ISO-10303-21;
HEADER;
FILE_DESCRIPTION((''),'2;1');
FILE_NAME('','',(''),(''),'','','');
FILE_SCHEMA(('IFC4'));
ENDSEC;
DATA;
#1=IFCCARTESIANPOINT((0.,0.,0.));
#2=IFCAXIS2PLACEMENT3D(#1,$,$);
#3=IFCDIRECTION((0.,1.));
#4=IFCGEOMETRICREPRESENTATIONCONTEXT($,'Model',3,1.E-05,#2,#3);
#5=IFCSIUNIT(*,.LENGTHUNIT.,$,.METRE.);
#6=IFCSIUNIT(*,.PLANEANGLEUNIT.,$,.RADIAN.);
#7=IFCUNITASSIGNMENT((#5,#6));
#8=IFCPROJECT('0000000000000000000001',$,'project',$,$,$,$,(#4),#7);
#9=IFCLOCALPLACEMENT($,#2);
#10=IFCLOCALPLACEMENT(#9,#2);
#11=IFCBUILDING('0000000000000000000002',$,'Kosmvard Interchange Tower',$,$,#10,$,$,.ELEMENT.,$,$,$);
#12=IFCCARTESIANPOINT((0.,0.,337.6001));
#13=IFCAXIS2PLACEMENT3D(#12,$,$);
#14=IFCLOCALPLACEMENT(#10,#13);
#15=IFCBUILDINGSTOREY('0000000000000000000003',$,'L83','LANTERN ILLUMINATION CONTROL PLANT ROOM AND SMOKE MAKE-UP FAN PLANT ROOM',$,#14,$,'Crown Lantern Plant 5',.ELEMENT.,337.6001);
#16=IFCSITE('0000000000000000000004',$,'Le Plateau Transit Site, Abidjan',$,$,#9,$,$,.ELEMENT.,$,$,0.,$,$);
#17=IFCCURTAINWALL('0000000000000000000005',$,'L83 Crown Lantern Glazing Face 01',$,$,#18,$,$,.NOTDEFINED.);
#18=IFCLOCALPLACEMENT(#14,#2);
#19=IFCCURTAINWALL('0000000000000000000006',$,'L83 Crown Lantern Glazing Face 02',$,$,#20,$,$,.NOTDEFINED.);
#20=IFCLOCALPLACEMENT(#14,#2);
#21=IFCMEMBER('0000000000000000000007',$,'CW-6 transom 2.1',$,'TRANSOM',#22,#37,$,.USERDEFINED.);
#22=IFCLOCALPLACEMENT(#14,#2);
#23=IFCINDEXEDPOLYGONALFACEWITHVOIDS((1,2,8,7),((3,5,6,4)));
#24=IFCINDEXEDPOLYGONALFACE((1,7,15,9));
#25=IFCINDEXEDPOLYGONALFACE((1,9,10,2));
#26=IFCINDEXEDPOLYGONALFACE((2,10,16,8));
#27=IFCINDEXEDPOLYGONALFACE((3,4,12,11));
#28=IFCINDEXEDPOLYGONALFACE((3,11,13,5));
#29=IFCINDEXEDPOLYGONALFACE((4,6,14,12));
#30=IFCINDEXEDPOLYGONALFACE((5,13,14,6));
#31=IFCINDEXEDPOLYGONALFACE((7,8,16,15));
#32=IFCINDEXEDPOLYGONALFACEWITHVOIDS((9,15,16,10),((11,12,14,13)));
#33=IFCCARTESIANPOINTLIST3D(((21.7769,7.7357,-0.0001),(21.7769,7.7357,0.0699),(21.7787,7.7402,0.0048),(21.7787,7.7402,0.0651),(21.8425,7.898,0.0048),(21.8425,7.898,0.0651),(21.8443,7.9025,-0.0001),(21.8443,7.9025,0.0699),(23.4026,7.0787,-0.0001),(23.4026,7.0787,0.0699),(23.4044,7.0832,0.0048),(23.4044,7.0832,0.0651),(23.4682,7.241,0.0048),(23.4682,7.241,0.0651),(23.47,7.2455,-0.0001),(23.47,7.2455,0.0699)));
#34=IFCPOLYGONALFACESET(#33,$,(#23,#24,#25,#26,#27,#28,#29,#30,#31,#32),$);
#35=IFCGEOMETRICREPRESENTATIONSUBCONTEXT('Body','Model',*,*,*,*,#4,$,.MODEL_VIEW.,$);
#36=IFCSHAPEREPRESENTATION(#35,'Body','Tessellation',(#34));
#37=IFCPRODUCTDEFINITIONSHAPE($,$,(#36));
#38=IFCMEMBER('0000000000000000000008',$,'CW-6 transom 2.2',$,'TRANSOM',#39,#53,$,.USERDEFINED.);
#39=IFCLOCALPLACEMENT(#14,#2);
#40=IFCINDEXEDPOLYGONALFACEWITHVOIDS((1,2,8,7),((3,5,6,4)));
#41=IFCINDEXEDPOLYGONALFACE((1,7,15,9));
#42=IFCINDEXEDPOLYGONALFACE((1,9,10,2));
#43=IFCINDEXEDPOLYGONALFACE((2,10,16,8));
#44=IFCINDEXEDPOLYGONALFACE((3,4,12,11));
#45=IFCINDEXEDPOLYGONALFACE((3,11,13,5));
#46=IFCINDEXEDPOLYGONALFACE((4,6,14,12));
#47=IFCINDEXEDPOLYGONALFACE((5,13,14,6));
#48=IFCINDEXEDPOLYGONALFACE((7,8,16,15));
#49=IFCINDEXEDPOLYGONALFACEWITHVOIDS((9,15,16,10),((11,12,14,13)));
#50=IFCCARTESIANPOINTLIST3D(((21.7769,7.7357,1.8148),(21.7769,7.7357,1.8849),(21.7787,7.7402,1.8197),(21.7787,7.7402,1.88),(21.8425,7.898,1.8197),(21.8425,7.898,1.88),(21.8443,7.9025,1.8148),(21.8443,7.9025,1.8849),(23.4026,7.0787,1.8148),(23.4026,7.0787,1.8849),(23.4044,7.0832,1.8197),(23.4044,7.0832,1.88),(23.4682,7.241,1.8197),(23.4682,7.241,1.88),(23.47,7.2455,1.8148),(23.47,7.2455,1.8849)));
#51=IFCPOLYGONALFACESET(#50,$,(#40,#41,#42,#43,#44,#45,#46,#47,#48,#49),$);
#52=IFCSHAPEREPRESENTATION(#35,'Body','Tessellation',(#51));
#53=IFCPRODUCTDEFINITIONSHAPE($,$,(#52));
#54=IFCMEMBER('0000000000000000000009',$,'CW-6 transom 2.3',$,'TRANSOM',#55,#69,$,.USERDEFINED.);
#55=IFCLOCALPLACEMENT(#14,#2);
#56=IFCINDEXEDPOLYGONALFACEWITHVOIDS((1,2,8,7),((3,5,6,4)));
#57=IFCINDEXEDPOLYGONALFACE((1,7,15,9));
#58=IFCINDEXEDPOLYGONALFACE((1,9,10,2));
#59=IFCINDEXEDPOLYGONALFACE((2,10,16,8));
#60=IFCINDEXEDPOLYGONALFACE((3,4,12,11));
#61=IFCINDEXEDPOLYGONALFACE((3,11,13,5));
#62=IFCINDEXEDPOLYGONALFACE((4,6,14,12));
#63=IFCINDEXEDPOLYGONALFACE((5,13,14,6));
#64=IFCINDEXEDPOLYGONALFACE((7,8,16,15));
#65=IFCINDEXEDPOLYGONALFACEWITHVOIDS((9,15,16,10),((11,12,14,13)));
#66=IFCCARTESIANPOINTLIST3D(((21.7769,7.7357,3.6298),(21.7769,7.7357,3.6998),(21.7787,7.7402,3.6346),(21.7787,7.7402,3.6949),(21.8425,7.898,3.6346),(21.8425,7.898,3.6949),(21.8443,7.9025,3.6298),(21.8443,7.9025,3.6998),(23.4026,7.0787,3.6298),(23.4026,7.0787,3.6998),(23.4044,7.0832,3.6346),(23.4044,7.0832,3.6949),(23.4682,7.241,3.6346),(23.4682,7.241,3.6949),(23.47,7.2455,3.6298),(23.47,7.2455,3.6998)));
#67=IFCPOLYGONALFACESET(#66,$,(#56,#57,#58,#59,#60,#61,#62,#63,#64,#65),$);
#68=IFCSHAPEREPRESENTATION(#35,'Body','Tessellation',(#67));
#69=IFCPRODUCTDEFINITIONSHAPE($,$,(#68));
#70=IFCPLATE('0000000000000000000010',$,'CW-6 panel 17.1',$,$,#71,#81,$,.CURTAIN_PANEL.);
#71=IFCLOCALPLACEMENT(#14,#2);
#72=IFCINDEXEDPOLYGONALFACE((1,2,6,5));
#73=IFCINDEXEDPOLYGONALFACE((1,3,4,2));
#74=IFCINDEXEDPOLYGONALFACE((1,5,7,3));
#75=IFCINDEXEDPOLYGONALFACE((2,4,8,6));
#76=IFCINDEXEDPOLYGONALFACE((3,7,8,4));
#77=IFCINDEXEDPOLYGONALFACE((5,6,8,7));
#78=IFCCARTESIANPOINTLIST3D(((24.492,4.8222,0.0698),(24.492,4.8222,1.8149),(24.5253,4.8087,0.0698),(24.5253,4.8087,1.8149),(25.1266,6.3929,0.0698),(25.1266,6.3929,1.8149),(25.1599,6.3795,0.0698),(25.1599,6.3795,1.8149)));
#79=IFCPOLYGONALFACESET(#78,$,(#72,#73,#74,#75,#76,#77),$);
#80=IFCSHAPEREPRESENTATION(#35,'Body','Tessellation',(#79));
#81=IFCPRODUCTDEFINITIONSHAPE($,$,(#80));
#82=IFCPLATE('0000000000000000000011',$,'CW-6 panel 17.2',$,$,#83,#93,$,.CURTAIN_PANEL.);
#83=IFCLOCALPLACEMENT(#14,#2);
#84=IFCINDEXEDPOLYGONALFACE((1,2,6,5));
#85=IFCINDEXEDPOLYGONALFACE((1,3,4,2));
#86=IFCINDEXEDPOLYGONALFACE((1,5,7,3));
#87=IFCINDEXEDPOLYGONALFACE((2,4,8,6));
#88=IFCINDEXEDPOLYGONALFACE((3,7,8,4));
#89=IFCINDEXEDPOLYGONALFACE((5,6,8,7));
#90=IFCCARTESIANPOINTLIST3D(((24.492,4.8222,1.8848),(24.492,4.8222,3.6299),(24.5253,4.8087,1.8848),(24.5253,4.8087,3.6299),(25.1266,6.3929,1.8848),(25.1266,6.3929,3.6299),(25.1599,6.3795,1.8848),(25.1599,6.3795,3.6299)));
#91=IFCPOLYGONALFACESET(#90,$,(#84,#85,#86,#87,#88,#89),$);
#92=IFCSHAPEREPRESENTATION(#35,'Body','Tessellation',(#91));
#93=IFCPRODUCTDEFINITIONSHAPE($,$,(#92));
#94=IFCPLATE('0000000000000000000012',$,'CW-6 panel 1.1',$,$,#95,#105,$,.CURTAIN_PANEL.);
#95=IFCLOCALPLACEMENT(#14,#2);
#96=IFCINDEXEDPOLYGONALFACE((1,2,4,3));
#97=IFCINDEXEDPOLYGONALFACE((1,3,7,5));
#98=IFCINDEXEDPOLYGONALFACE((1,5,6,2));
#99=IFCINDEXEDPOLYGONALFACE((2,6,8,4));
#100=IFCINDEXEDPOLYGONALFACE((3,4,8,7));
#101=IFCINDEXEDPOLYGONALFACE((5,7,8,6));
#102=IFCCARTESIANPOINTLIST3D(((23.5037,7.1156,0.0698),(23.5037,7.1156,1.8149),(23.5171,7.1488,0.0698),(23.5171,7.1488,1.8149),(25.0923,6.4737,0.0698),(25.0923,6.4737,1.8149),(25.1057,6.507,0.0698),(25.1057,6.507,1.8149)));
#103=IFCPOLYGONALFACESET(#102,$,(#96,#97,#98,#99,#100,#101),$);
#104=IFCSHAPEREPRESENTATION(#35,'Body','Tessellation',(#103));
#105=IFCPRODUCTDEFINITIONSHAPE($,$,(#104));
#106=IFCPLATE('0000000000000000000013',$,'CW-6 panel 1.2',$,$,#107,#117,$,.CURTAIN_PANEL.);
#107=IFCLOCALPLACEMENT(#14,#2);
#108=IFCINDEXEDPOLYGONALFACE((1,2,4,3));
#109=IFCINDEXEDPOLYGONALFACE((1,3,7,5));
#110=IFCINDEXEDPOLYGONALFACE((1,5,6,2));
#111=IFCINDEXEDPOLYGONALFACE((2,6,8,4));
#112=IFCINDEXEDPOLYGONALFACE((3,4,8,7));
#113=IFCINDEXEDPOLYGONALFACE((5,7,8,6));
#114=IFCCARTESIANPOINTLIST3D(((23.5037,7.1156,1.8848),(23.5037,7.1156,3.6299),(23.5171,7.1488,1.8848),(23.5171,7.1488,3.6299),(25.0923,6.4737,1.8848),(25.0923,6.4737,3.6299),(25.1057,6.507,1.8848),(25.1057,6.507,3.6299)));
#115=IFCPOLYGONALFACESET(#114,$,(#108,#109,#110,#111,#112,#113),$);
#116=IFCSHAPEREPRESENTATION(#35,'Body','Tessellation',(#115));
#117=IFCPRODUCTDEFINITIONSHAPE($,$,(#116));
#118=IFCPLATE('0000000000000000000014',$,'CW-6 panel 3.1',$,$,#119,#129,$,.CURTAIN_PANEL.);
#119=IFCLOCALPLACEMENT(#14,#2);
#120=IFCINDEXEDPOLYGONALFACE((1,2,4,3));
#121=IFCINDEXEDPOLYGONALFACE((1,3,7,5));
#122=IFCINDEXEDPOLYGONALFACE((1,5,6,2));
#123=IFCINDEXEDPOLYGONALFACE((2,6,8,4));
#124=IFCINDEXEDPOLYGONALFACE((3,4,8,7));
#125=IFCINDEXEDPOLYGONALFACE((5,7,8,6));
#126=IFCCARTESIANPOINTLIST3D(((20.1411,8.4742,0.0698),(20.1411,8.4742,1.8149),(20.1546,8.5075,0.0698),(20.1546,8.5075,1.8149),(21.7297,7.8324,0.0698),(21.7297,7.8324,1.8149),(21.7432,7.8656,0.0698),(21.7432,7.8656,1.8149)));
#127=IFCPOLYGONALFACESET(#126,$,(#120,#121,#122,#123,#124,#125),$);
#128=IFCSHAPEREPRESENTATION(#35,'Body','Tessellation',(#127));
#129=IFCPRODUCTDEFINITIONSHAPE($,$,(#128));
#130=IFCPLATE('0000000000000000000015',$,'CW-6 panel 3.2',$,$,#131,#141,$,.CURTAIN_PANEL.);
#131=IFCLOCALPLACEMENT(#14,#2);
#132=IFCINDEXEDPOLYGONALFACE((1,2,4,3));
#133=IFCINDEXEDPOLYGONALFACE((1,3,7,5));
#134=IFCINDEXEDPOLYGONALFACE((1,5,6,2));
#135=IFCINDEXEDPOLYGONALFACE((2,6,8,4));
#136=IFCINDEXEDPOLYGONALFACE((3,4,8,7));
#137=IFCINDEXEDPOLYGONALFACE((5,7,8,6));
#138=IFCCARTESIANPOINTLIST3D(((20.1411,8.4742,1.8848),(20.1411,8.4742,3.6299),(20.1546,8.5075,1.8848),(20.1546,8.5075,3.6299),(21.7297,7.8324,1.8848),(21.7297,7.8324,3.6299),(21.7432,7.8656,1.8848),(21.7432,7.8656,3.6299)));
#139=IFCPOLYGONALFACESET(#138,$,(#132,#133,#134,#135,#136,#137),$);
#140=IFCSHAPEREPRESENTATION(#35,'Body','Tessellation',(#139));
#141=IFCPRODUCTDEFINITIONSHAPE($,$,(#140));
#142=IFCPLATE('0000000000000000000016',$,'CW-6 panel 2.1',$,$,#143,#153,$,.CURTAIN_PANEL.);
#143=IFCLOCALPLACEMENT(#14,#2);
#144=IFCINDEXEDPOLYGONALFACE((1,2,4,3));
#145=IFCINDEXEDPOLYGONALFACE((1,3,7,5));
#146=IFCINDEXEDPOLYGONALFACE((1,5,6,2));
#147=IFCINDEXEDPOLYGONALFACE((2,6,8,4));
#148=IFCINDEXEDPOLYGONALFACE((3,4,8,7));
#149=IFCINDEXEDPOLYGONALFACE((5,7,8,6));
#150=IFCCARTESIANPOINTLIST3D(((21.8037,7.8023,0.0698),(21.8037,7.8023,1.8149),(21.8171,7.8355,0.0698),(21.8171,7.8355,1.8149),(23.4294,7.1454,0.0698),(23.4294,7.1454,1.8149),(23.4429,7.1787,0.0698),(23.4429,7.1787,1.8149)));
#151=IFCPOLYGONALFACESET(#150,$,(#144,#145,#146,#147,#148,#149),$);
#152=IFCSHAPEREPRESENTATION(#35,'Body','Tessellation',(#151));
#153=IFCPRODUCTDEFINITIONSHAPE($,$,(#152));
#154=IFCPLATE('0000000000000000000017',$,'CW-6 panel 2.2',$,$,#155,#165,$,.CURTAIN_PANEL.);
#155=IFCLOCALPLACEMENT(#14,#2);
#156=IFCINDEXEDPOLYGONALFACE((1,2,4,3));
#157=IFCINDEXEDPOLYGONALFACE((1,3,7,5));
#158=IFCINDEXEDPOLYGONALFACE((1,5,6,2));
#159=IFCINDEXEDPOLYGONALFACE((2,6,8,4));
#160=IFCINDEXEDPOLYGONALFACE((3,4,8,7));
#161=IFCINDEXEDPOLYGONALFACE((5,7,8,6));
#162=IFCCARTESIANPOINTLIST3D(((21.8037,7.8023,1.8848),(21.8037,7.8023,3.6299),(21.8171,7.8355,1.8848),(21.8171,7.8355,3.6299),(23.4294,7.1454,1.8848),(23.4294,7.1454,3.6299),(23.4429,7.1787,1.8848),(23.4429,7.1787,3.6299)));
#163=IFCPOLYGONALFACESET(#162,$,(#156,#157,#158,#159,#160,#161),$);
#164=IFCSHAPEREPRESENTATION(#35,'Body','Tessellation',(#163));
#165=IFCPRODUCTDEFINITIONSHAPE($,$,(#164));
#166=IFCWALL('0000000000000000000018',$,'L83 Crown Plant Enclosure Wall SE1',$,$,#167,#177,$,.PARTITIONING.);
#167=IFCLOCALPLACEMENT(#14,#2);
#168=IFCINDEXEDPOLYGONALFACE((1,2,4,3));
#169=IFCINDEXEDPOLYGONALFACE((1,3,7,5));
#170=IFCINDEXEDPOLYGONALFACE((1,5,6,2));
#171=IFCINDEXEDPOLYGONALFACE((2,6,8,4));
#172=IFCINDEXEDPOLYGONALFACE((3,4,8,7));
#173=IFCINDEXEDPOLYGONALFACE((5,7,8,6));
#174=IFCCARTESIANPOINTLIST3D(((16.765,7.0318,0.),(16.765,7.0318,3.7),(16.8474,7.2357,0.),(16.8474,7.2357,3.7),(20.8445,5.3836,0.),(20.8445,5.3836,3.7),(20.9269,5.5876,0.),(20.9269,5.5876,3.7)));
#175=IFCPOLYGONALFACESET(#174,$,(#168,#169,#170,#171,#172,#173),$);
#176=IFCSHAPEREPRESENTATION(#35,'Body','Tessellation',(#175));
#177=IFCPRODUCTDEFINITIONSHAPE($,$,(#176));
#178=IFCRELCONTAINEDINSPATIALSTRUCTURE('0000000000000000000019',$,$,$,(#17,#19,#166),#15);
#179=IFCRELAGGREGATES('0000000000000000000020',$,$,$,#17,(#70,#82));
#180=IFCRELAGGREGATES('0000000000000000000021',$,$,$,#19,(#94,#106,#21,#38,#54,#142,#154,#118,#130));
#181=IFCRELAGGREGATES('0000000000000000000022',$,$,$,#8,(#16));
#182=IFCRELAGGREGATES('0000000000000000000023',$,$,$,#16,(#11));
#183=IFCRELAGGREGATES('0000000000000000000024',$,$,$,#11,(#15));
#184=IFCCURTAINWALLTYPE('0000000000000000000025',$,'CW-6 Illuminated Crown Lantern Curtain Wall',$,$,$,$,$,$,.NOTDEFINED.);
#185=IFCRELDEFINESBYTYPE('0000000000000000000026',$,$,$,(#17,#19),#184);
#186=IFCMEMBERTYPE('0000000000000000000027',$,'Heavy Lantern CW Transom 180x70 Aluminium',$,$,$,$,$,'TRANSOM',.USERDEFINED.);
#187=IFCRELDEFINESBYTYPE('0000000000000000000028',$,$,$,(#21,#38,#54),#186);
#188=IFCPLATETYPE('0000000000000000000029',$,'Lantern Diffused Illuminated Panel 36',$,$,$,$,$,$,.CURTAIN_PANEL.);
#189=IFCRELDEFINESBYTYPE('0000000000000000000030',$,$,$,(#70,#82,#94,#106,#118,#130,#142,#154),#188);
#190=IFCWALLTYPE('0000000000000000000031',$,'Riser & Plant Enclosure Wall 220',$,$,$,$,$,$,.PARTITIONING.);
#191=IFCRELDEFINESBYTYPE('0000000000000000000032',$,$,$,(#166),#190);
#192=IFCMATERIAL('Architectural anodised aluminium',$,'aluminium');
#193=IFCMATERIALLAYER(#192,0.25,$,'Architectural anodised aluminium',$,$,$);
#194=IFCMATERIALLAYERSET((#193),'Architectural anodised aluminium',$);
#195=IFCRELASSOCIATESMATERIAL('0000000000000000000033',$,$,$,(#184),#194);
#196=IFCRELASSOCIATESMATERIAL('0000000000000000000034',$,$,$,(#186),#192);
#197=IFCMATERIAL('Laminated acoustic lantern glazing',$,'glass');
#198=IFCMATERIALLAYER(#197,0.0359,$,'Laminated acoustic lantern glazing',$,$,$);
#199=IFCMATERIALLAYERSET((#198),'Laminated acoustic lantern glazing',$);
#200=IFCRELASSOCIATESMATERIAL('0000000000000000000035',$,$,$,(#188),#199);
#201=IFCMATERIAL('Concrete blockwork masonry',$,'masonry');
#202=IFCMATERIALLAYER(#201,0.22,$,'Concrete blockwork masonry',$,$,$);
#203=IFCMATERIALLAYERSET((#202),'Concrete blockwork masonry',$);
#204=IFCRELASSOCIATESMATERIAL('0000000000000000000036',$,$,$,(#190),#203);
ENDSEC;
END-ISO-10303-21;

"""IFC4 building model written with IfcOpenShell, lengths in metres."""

from ifc_helpers import new_model, si_unit, direction, frame, frame_2d, origin, origin_2d, place, context, subcontext, project, spatial, rectangle, hollow_rectangle, extrude, source, transform, mapped, material, layer, layer_set, material_profile, profile_set, type_object, element, aggregate, save


model = new_model("IFC4")

# Units and contexts
model_context = context("Model", 3, precision=1e-05, world=origin(), true_north=direction((0.0, 1.0)))
body_context = subcontext(model_context, "Body", "Model", "MODEL_VIEW")
ifc_project = project(units=[si_unit("LENGTHUNIT", "METRE"), si_unit("PLANEANGLEUNIT", "RADIAN")], contexts=[model_context])

# Site, building, storey
site_placement = place(None, origin())
site = spatial("IfcSite", under=ifc_project, at=site_placement, Name="Le Plateau Transit Site, Abidjan", CompositionType="ELEMENT", RefElevation=0.0)
building_placement = place(site_placement, origin())
building = spatial("IfcBuilding", under=site, at=building_placement, Name="Kosmvard Interchange Tower", CompositionType="ELEMENT")
storey_placement = place(building_placement, frame((0.0, 0.0, 337.6001)))
storey = spatial("IfcBuildingStorey", under=building, at=storey_placement, Name="L83", Description="LANTERN ILLUMINATION CONTROL PLANT ROOM AND SMOKE MAKE-UP FAN PLANT ROOM", LongName="Crown Lantern Plant 5", CompositionType="ELEMENT", Elevation=337.6001)

# Curtain wall
ifc_material_1 = material(Name="Architectural anodised aluminium", Category="aluminium")
ifc_layer_1 = layer(ifc_material_1, 0.25, Name="Architectural anodised aluminium")
ifc_layer_set_1 = layer_set([ifc_layer_1], Name="Architectural anodised aluminium")
curtain_wall_type = type_object("IfcCurtainWallType", Name="CW-6 Illuminated Crown Lantern Curtain Wall", PredefinedType="NOTDEFINED", material=ifc_layer_set_1)
curtain_wall_1_placement = place(storey_placement, origin())
curtain_wall_1 = element("IfcCurtainWall", 1, at=curtain_wall_1_placement, inside=storey, type_object=curtain_wall_type, Name="L83 Crown Lantern Glazing Face 01", PredefinedType="NOTDEFINED")

# Curtain wall, members
curtain_wall_2_placement = place(storey_placement, origin())
curtain_wall_2 = element("IfcCurtainWall", 2, at=curtain_wall_2_placement, inside=storey, type_object=curtain_wall_type, Name="L83 Crown Lantern Glazing Face 02", PredefinedType="NOTDEFINED")
ifc_material_profile_1 = material_profile(ifc_material_1, hollow_rectangle(XDim=0.1799, YDim=0.0701, WallThickness=0.0049, at=origin_2d()), Name="CWT 180x70x5")
ifc_profile_set_1 = profile_set([ifc_material_profile_1], Name="Architectural anodised aluminium")
member_type_1 = type_object("IfcMemberType", Name="Heavy Lantern CW Transom 180x70 Aluminium", ElementType="TRANSOM", PredefinedType="USERDEFINED", material=ifc_profile_set_1)
shared_shape_1 = source(origin(), body_context, "Body", "SweptSolid", [
    extrude(hollow_rectangle(XDim=0.1799, YDim=0.0701, WallThickness=0.0049, at=origin_2d()), origin(), (0.0, 0.0, 1.0), 1.7534),
])
member_1_placement = place(storey_placement, frame((23.4363, 7.1621, 0.0349), z_axis=(-0.927155, 0.374677, 0.0), x_axis=(-0.374677, -0.927155, 0.0)))
member_1 = element("IfcMember", 3, at=member_1_placement, type_object=member_type_1, Name="CW-6 transom 2.1", ObjectType="TRANSOM", PredefinedType="USERDEFINED", context=body_context, shape_type="MappedRepresentation", body=[
    mapped(shared_shape_1, transform((0.0, 0.0, 0.0), scale=1.0)),
])
member_2_placement = place(storey_placement, frame((23.4363, 7.1621, 1.8499), z_axis=(-0.927155, 0.374677, 0.0), x_axis=(-0.374677, -0.927155, 0.0)))
member_2 = element("IfcMember", 4, at=member_2_placement, type_object=member_type_1, Name="CW-6 transom 2.2", ObjectType="TRANSOM", PredefinedType="USERDEFINED", context=body_context, shape_type="MappedRepresentation", body=[
    mapped(shared_shape_1, transform((0.0, 0.0, 0.0), scale=1.0)),
])
member_3_placement = place(storey_placement, frame((23.4363, 7.1621, 3.6648), z_axis=(-0.927155, 0.374677, 0.0), x_axis=(-0.374677, -0.927155, 0.0)))
member_3 = element("IfcMember", 5, at=member_3_placement, type_object=member_type_1, Name="CW-6 transom 2.3", ObjectType="TRANSOM", PredefinedType="USERDEFINED", context=body_context, shape_type="MappedRepresentation", body=[
    mapped(shared_shape_1, transform((0.0, 0.0, 0.0), scale=1.0)),
])

# Plates
ifc_material_2 = material(Name="Laminated acoustic lantern glazing", Category="glass")
ifc_layer_2 = layer(ifc_material_2, 0.0359, Name="Laminated acoustic lantern glazing")
ifc_layer_set_2 = layer_set([ifc_layer_2], Name="Laminated acoustic lantern glazing")
plate_type = type_object("IfcPlateType", Name="Lantern Diffused Illuminated Panel 36", PredefinedType="CURTAIN_PANEL", material=ifc_layer_set_2)
shared_shape_2 = source(origin(), body_context, "Body", "SweptSolid", [
    extrude(rectangle(XDim=1.6941, YDim=0.0359, at=origin_2d()), origin(), (0.0, 0.0, 1.0), 1.7451),
])
plate_1_placement = place(storey_placement, frame((24.8259, 5.6008, 0.0698), z_axis=(0.0, 0.0, 1.0), x_axis=(0.374607, 0.927184, 0.0)))
plate_1 = element("IfcPlate", 6, at=plate_1_placement, type_object=plate_type, Name="CW-6 panel 17.1", PredefinedType="CURTAIN_PANEL", context=body_context, shape_type="MappedRepresentation", body=[
    mapped(shared_shape_2, transform((0.0, 0.0, 0.0), scale=1.0)),
])
plate_2_placement = place(storey_placement, frame((24.8259, 5.6008, 1.8848), z_axis=(0.0, 0.0, 1.0), x_axis=(0.374607, 0.927184, 0.0)))
plate_2 = element("IfcPlate", 7, at=plate_2_placement, type_object=plate_type, Name="CW-6 panel 17.2", PredefinedType="CURTAIN_PANEL", context=body_context, shape_type="MappedRepresentation", body=[
    mapped(shared_shape_2, transform((0.0, 0.0, 0.0), scale=1.0)),
])
aggregate(curtain_wall_1, [plate_1, plate_2])
shared_shape_3 = source(origin(), body_context, "Body", "SweptSolid", [
    extrude(rectangle(XDim=1.7134, YDim=0.0359, at=origin_2d()), origin(), (0.0, 0.0, 1.0), 1.7451),
])
plate_3_placement = place(storey_placement, frame((24.3047, 6.8113, 0.0698), z_axis=(0.0, 0.0, 1.0), x_axis=(-0.927184, 0.374607, 0.0)))
plate_3 = element("IfcPlate", 8, at=plate_3_placement, type_object=plate_type, Name="CW-6 panel 1.1", PredefinedType="CURTAIN_PANEL", context=body_context, shape_type="MappedRepresentation", body=[
    mapped(shared_shape_3, transform((0.0, 0.0, 0.0), scale=1.0)),
])
plate_4_placement = place(storey_placement, frame((24.3047, 6.8113, 1.8848), z_axis=(0.0, 0.0, 1.0), x_axis=(-0.927184, 0.374607, 0.0)))
plate_4 = element("IfcPlate", 9, at=plate_4_placement, type_object=plate_type, Name="CW-6 panel 1.2", PredefinedType="CURTAIN_PANEL", context=body_context, shape_type="MappedRepresentation", body=[
    mapped(shared_shape_3, transform((0.0, 0.0, 0.0), scale=1.0)),
])
plate_5_placement = place(storey_placement, frame((20.9421, 8.1699, 0.0698), z_axis=(0.0, 0.0, 1.0), x_axis=(-0.927184, 0.374607, 0.0)))
plate_5 = element("IfcPlate", 10, at=plate_5_placement, type_object=plate_type, Name="CW-6 panel 3.1", PredefinedType="CURTAIN_PANEL", context=body_context, shape_type="MappedRepresentation", body=[
    mapped(shared_shape_3, transform((0.0, 0.0, 0.0), scale=1.0)),
])
plate_6_placement = place(storey_placement, frame((20.9421, 8.1699, 1.8848), z_axis=(0.0, 0.0, 1.0), x_axis=(-0.927184, 0.374607, 0.0)))
plate_6 = element("IfcPlate", 11, at=plate_6_placement, type_object=plate_type, Name="CW-6 panel 3.2", PredefinedType="CURTAIN_PANEL", context=body_context, shape_type="MappedRepresentation", body=[
    mapped(shared_shape_3, transform((0.0, 0.0, 0.0), scale=1.0)),
])
shared_shape_4 = source(origin(), body_context, "Body", "SweptSolid", [
    extrude(rectangle(XDim=1.7534, YDim=0.0359, at=origin_2d()), origin(), (0.0, 0.0, 1.0), 1.7451),
])
plate_7_placement = place(storey_placement, frame((22.6233, 7.4905, 0.0698), z_axis=(0.0, 0.0, 1.0), x_axis=(-0.927184, 0.374607, 0.0)))
plate_7 = element("IfcPlate", 12, at=plate_7_placement, type_object=plate_type, Name="CW-6 panel 2.1", PredefinedType="CURTAIN_PANEL", context=body_context, shape_type="MappedRepresentation", body=[
    mapped(shared_shape_4, transform((0.0, 0.0, 0.0), scale=1.0)),
])
plate_8_placement = place(storey_placement, frame((22.6233, 7.4905, 1.8848), z_axis=(0.0, 0.0, 1.0), x_axis=(-0.927184, 0.374607, 0.0)))
plate_8 = element("IfcPlate", 13, at=plate_8_placement, type_object=plate_type, Name="CW-6 panel 2.2", PredefinedType="CURTAIN_PANEL", context=body_context, shape_type="MappedRepresentation", body=[
    mapped(shared_shape_4, transform((0.0, 0.0, 0.0), scale=1.0)),
])
aggregate(curtain_wall_2, [plate_3, plate_4, member_1, member_2, member_3, plate_7, plate_8, plate_5, plate_6])

# Wall
ifc_material_3 = material(Name="Concrete blockwork masonry", Category="masonry")
ifc_layer_3 = layer(ifc_material_3, 0.22, Name="Concrete blockwork masonry")
ifc_layer_set_3 = layer_set([ifc_layer_3], Name="Concrete blockwork masonry")
wall_type = type_object("IfcWallType", Name="Riser & Plant Enclosure Wall 220", PredefinedType="PARTITIONING", material=ifc_layer_set_3)
wall_placement = place(storey_placement, frame((20.8857, 5.4856, 0.0), z_axis=(0.0, 0.0, 1.0), x_axis=(-0.927189, 0.374593, 0.0)))
element("IfcWall", 14, at=wall_placement, inside=storey, type_object=wall_type, Name="L83 Crown Plant Enclosure Wall SE1", PredefinedType="PARTITIONING", context=body_context, shape_type="SweptSolid", body=[
    extrude(rectangle(XDim=4.3999, YDim=0.22, at=frame_2d((2.2, 0.0))), origin(), (0.0, 0.0, 1.0), 3.7),
])

save(model, "model.ifc")
